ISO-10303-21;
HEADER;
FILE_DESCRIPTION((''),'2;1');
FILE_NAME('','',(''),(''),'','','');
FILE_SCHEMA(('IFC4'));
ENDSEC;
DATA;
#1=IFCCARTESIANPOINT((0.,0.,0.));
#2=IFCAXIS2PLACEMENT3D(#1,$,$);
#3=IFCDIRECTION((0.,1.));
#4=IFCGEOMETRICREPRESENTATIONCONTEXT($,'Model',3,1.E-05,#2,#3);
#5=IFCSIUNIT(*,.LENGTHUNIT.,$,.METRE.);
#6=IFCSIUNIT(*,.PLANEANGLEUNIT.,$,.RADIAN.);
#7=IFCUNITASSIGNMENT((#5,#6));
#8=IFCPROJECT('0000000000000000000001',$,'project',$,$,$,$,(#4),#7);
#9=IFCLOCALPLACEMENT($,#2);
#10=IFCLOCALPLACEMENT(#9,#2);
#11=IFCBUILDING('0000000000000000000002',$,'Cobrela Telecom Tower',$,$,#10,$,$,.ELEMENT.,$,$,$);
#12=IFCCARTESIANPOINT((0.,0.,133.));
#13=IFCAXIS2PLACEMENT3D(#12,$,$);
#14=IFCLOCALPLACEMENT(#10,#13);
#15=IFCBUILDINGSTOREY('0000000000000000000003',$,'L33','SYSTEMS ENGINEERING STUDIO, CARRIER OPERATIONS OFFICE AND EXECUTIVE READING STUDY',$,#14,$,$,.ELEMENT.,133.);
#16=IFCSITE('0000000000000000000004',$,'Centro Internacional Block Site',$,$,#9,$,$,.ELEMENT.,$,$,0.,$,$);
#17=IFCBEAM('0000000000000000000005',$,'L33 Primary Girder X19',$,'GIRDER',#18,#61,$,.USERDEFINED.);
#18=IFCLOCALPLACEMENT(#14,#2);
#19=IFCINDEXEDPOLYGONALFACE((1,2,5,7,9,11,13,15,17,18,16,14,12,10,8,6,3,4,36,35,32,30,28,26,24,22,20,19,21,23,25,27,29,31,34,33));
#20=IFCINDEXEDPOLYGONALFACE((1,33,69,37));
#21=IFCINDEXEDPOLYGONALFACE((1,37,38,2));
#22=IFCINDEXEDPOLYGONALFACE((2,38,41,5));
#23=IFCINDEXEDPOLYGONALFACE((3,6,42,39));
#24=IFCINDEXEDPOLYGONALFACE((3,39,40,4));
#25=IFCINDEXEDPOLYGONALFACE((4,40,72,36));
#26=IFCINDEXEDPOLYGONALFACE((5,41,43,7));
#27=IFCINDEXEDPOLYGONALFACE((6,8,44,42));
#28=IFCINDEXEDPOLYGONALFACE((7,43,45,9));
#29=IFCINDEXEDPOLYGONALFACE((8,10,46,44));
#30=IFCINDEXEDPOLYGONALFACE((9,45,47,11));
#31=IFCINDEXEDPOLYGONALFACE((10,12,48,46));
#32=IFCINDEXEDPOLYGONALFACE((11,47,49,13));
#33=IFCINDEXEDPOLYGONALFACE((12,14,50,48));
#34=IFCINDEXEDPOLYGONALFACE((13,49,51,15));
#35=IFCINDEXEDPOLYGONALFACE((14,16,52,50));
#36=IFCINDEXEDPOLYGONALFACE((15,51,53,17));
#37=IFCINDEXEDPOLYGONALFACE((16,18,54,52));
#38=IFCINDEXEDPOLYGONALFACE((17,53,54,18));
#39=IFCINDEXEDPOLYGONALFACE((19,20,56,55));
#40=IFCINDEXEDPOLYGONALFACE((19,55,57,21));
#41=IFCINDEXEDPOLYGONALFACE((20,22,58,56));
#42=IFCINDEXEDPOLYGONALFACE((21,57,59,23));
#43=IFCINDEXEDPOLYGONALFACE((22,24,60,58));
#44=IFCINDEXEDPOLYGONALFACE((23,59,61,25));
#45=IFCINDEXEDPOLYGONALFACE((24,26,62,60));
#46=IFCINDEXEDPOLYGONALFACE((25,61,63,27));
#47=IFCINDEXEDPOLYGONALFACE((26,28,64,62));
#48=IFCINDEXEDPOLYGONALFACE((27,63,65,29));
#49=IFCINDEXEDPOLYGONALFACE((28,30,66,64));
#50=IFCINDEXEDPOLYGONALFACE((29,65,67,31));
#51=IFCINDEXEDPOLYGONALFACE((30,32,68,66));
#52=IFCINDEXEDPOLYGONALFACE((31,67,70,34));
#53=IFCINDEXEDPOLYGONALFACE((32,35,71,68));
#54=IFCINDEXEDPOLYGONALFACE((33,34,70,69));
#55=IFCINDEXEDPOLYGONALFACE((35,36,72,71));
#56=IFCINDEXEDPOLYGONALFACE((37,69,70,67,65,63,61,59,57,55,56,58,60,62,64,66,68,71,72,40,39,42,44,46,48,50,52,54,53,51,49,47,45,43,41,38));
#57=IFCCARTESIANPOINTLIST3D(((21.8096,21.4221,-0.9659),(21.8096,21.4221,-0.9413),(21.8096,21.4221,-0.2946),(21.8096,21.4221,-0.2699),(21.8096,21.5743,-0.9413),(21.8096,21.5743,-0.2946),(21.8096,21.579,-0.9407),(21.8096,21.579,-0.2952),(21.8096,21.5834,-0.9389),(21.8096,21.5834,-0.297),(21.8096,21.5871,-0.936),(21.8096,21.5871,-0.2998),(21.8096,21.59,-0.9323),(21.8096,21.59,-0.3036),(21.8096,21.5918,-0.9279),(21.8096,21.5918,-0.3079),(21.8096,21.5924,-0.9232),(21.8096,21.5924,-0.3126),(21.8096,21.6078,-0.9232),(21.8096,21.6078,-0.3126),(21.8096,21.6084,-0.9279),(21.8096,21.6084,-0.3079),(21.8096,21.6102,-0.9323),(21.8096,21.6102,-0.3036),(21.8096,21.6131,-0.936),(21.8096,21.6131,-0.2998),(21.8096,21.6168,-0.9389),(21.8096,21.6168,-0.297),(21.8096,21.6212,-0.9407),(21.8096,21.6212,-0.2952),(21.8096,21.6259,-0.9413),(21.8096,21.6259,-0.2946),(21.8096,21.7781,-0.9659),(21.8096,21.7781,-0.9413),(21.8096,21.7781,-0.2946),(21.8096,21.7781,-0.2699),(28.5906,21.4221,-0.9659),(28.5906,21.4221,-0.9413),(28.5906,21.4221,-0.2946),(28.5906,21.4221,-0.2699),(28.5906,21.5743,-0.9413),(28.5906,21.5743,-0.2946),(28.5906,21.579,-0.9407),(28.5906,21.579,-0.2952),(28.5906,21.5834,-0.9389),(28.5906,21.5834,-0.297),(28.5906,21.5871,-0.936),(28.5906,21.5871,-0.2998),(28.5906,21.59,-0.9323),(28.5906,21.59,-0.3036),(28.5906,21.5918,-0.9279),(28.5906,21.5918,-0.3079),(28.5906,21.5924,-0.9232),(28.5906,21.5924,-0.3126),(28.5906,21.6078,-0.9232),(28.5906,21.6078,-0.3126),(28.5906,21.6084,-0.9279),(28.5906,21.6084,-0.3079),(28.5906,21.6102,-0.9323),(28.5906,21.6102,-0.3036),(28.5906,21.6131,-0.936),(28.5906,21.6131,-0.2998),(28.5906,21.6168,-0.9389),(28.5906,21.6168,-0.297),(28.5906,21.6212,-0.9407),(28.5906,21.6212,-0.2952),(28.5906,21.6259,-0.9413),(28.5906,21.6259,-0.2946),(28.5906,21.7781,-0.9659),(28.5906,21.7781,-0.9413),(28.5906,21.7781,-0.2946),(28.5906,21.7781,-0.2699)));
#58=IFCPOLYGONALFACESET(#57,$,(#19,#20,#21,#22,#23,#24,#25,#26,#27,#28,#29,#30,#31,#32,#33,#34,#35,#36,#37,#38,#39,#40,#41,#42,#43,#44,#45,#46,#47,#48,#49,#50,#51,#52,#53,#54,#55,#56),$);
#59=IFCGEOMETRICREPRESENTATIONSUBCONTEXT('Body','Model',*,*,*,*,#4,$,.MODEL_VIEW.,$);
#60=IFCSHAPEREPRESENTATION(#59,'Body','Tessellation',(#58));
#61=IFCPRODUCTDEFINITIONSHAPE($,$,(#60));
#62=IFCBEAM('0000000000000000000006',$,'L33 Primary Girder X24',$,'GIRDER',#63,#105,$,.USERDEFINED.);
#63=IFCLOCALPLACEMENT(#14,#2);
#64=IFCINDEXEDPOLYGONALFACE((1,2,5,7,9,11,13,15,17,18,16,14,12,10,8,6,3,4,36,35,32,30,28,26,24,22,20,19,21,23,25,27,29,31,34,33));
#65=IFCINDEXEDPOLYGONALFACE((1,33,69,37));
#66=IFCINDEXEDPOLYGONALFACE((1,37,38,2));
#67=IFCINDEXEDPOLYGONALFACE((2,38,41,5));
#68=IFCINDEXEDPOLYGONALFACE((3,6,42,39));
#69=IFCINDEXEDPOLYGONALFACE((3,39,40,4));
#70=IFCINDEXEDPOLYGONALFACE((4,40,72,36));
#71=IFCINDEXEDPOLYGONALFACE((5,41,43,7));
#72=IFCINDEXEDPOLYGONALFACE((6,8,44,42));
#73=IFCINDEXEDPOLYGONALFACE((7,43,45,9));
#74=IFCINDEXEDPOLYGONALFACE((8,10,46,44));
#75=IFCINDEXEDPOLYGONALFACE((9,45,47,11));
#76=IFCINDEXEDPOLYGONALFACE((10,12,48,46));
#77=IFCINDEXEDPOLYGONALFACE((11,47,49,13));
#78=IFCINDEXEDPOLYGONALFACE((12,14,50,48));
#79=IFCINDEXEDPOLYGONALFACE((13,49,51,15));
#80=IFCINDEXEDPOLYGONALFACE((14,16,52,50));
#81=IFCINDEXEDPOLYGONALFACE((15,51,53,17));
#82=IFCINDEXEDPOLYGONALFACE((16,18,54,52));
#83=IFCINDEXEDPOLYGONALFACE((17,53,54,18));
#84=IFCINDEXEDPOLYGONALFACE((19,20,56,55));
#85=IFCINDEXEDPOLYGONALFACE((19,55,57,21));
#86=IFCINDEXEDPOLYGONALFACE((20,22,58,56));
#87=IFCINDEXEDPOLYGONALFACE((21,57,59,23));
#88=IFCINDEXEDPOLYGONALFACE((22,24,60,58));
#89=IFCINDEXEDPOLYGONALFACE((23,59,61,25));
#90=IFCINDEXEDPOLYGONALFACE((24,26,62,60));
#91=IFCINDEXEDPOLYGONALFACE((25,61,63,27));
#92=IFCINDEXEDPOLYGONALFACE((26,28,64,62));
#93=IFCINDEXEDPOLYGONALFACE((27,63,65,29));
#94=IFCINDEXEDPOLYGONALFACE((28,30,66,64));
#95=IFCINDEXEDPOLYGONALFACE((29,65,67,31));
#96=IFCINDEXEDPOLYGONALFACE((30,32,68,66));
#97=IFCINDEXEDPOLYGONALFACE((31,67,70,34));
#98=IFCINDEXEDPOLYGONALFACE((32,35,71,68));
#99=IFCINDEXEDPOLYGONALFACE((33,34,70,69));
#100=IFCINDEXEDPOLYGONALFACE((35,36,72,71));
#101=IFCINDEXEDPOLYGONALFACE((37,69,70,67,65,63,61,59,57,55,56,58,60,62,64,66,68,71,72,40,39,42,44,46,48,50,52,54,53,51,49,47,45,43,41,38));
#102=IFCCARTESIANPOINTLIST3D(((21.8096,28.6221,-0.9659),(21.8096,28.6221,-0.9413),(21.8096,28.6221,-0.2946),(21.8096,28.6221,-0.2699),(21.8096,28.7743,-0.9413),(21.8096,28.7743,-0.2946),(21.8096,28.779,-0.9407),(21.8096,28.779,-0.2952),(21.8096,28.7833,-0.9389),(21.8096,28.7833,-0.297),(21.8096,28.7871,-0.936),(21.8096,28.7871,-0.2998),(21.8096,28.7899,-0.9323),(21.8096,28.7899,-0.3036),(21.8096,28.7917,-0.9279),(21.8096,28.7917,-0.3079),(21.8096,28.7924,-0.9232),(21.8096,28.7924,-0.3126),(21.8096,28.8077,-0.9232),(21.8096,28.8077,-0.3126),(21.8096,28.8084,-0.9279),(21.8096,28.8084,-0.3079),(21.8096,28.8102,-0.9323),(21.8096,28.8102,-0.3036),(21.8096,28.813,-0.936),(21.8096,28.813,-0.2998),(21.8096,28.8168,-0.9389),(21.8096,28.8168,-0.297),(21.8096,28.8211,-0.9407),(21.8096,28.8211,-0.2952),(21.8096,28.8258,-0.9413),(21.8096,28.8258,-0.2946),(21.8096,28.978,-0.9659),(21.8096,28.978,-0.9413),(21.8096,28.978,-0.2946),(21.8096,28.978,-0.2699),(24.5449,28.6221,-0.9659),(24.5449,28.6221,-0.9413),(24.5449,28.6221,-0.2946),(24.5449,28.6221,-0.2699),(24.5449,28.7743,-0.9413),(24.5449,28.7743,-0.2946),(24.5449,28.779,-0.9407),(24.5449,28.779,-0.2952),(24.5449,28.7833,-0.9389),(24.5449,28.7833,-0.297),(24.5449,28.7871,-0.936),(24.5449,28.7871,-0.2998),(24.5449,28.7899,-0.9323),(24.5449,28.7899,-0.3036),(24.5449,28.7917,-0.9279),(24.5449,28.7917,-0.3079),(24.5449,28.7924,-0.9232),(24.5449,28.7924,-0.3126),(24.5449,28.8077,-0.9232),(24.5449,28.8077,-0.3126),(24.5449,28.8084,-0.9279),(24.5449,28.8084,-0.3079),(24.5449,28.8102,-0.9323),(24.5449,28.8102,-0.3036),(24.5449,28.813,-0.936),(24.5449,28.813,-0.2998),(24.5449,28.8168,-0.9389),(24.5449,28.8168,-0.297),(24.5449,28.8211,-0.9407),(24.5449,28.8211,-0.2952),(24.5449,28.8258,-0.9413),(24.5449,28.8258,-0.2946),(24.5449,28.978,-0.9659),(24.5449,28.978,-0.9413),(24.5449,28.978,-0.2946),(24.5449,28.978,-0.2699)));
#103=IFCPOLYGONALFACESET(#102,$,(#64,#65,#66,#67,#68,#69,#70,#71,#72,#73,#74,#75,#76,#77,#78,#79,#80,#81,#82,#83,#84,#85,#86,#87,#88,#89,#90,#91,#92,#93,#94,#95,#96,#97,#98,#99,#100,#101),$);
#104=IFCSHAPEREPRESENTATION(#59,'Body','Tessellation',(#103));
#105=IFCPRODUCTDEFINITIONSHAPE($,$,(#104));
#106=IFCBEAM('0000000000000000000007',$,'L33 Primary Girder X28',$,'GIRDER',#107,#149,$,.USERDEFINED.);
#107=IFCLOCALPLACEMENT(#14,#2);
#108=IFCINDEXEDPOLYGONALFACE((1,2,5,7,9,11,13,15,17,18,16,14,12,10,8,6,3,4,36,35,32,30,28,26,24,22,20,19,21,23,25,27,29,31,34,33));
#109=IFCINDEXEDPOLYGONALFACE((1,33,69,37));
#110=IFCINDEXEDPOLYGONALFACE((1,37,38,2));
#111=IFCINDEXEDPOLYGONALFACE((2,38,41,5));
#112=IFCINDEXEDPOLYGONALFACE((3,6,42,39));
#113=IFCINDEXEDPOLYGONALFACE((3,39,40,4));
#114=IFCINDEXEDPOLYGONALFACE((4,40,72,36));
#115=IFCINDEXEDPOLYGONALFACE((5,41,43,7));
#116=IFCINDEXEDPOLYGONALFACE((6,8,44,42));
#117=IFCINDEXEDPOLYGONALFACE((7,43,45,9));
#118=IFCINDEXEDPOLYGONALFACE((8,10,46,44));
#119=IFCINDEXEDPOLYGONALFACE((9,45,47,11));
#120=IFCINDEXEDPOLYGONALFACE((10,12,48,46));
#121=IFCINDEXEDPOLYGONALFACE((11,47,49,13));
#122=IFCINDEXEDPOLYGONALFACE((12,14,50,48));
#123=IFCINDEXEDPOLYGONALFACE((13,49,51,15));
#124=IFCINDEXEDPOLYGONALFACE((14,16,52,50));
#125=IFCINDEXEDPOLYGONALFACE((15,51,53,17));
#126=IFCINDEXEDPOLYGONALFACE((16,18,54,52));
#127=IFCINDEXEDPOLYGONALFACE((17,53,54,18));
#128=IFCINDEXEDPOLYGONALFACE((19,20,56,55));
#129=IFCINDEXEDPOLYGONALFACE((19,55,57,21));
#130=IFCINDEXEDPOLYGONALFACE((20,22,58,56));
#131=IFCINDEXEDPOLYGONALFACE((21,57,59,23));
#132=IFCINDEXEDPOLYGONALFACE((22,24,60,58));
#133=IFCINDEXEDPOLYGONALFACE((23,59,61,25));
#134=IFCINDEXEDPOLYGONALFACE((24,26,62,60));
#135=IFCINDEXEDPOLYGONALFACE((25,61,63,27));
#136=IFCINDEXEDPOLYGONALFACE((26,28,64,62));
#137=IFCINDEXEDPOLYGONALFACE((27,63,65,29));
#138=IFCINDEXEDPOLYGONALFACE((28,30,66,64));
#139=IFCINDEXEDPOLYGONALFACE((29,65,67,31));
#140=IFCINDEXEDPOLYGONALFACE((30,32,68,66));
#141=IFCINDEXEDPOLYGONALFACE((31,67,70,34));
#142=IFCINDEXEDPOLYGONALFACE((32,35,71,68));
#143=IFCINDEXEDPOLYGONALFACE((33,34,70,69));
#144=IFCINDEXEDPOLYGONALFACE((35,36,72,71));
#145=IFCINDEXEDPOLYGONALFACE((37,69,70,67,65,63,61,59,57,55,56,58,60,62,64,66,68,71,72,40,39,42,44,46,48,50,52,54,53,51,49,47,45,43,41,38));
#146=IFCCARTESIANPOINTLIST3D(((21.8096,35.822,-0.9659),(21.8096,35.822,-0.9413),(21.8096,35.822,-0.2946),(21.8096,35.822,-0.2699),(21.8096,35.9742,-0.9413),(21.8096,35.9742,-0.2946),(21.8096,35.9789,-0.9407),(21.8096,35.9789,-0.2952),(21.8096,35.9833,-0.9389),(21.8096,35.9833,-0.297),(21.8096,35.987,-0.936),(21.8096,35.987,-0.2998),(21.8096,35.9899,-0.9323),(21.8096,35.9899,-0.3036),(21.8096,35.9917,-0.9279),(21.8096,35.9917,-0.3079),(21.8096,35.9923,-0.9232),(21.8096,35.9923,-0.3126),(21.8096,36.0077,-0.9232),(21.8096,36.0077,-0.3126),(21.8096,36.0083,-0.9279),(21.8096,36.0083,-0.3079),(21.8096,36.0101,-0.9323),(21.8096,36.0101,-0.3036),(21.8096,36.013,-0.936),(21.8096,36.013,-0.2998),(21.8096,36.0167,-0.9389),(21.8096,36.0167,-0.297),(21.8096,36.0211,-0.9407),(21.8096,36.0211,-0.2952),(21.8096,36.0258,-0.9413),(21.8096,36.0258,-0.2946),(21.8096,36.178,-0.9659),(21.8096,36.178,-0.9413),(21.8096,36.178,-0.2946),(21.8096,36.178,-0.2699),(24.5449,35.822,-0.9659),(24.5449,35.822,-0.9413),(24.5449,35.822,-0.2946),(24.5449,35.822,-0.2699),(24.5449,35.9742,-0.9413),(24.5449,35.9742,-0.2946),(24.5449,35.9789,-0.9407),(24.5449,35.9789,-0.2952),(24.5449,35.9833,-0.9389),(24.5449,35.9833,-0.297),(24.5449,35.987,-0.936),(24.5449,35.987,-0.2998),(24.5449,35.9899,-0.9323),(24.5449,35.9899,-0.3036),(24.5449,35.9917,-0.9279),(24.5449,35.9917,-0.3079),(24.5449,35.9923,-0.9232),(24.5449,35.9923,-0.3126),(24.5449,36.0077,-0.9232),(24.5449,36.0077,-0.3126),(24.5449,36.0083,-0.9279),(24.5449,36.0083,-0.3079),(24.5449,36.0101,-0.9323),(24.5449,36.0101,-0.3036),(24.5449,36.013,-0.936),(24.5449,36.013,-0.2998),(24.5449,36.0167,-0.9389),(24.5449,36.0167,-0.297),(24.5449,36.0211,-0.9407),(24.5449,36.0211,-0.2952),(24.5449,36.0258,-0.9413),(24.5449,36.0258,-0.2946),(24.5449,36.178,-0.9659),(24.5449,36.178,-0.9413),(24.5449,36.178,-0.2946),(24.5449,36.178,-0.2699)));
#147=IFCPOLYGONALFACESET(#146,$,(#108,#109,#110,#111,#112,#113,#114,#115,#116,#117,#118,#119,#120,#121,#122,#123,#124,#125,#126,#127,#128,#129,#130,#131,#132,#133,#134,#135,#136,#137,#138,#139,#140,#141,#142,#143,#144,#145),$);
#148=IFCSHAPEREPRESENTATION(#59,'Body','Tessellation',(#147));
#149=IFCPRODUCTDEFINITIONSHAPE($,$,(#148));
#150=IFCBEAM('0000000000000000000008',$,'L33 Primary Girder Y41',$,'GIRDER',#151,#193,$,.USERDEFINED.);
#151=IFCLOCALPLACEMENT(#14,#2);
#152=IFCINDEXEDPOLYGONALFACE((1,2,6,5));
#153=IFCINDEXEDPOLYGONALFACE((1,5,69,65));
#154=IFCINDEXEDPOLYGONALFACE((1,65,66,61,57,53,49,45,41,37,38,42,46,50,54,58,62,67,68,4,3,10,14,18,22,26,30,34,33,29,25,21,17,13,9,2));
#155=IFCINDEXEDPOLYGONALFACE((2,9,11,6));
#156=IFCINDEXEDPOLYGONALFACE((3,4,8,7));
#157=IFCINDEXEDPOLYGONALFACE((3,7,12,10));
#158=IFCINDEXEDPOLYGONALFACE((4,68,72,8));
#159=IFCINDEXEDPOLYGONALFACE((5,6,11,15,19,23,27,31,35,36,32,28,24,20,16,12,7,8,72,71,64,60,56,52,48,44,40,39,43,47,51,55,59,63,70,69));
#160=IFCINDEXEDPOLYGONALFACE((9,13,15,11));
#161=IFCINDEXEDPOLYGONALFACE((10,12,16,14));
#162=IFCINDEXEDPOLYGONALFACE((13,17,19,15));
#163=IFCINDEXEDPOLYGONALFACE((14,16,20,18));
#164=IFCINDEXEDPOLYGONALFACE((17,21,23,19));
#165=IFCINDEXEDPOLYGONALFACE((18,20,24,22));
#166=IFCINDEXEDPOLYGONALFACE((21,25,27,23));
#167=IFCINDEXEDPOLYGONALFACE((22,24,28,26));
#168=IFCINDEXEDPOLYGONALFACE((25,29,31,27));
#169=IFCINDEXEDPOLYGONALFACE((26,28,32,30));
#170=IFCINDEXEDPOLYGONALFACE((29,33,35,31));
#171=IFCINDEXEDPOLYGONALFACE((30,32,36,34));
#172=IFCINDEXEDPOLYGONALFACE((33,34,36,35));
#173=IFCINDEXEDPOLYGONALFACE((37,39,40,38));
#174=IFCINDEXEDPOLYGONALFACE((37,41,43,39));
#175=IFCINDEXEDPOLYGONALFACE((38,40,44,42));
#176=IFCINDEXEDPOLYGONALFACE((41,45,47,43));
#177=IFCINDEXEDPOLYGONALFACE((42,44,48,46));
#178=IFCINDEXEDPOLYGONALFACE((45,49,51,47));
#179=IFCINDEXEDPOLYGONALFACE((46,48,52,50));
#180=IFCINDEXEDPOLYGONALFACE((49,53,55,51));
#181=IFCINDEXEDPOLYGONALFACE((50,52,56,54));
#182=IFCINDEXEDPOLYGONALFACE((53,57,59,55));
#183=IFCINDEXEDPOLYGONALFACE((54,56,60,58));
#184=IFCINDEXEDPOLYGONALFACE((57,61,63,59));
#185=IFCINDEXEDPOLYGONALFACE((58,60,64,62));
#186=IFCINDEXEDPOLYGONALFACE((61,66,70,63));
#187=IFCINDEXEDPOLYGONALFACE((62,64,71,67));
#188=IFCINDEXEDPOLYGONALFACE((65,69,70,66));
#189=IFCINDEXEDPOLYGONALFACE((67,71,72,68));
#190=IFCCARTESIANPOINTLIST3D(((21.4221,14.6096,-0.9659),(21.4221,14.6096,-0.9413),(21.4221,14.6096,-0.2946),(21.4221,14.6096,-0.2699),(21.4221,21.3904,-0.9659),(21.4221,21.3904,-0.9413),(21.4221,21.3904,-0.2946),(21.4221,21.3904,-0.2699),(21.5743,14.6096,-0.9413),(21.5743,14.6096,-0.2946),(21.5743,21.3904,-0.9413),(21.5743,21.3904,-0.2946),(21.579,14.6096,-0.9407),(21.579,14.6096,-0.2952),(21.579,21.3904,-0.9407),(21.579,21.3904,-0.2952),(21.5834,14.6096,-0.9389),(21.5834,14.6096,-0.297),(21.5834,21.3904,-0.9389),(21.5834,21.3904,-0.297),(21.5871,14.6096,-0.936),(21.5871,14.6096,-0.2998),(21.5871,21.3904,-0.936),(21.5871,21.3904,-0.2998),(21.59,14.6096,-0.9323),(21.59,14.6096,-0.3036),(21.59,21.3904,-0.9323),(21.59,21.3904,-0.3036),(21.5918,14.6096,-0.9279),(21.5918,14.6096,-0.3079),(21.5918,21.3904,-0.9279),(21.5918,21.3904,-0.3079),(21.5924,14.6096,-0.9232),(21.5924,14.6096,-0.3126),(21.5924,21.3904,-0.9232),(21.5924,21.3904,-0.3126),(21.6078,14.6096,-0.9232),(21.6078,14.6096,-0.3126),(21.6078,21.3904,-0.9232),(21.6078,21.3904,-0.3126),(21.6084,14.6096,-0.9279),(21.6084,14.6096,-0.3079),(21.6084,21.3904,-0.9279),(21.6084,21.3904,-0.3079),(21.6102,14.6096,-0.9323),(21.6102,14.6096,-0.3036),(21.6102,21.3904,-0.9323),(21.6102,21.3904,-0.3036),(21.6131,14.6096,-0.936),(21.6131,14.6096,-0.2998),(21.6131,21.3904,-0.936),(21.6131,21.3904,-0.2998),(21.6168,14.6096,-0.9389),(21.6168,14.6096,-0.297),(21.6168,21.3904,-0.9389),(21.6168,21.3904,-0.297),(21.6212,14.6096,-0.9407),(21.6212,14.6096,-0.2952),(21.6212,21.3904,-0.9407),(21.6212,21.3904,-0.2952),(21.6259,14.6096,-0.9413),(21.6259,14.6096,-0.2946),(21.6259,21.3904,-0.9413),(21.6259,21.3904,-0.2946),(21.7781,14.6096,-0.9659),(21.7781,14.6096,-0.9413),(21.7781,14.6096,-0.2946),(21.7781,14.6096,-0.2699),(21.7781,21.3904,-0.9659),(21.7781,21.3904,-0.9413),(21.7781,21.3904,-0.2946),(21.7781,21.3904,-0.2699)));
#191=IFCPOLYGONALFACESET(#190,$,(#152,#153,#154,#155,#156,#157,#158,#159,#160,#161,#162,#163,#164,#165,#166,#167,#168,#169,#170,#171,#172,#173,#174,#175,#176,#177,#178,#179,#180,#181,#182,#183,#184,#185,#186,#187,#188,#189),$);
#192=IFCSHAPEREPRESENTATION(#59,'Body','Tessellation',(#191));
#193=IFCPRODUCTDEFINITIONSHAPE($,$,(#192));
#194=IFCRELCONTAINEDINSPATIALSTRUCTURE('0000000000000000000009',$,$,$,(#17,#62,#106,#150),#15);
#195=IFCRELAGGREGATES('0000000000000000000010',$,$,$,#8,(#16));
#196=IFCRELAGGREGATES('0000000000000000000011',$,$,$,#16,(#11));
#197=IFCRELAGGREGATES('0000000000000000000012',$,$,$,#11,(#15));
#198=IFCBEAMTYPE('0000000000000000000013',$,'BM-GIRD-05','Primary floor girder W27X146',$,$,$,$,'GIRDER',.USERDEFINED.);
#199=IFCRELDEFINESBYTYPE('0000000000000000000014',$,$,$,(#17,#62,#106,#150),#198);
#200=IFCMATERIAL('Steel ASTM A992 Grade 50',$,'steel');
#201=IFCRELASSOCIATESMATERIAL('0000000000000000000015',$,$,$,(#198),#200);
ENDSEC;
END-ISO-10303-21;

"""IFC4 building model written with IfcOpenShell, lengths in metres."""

from ifc_helpers import new_model, si_unit, direction, frame, origin, origin_2d, place, context, subcontext, project, spatial, i_section, extrude, material, material_profile, profile_set, type_object, element, save


model = new_model("IFC4")

# Units and contexts
model_context = context("Model", 3, precision=1e-05, world=origin(), true_north=direction((0.0, 1.0)))
body_context = subcontext(model_context, "Body", "Model", "MODEL_VIEW")
ifc_project = project(units=[si_unit("LENGTHUNIT", "METRE"), si_unit("PLANEANGLEUNIT", "RADIAN")], contexts=[model_context])

# Site, building, storey
site_placement = place(None, origin())
site = spatial("IfcSite", under=ifc_project, at=site_placement, Name="Centro Internacional Block Site", CompositionType="ELEMENT", RefElevation=0.0)
building_placement = place(site_placement, origin())
building = spatial("IfcBuilding", under=site, at=building_placement, Name="Cobrela Telecom Tower", CompositionType="ELEMENT")
storey_placement = place(building_placement, frame((0.0, 0.0, 133.0)))
storey = spatial("IfcBuildingStorey", under=building, at=storey_placement, Name="L33", Description="SYSTEMS ENGINEERING STUDIO, CARRIER OPERATIONS OFFICE AND EXECUTIVE READING STUDY", CompositionType="ELEMENT", Elevation=133.0)

# Shared definitions
ifc_material_1 = material(Name="Steel ASTM A992 Grade 50", Category="steel")

# Beams
ifc_material_profile_1 = material_profile(ifc_material_1, i_section(OverallWidth=0.356, OverallDepth=0.696, WebThickness=0.0154, FlangeThickness=0.0247, FilletRadius=0.0181, at=origin_2d()), Name="W27X146")
ifc_profile_set_1 = profile_set([ifc_material_profile_1], Name="Steel ASTM A992 Grade 50")
beam_type_1 = type_object("IfcBeamType", Name="BM-GIRD-05", Description="Primary floor girder W27X146", ElementType="GIRDER", PredefinedType="USERDEFINED", material=ifc_profile_set_1)
beam_1_placement = place(storey_placement, frame((21.8096, 21.6001, -0.6179), z_axis=(1.0, 0.0, 0.0), x_axis=(0.0, 1.0, 0.0)))
element("IfcBeam", 1, at=beam_1_placement, inside=storey, type_object=beam_type_1, Name="L33 Primary Girder X19", ObjectType="GIRDER", PredefinedType="USERDEFINED", context=body_context, shape_type="SweptSolid", body=[
    extrude(i_section(OverallWidth=0.356, OverallDepth=0.696, WebThickness=0.0154, FlangeThickness=0.0247, FilletRadius=0.0181, at=origin_2d()), origin(), (0.0, 0.0, 1.0), 6.781),
])
for number, where, z_axis, x_axis, name in (
    (2, (21.8096, 28.8, -0.6179), (1.0, 0.0, 0.0), (0.0, 1.0, 0.0), "L33 Primary Girder X24"),
    (3, (21.8096, 36.0, -0.6179), (1.0, 0.0, 0.0), (0.0, 1.0, 0.0), "L33 Primary Girder X28"),
):
    element("IfcBeam", number, at=place(storey_placement, frame(where, z_axis=z_axis, x_axis=x_axis)), inside=storey, type_object=beam_type_1, Name=name, ObjectType="GIRDER", PredefinedType="USERDEFINED", context=body_context, shape_type="SweptSolid", body=[
        extrude(i_section(OverallWidth=0.356, OverallDepth=0.696, WebThickness=0.0154, FlangeThickness=0.0247, FilletRadius=0.0181, at=origin_2d()), origin(), (0.0, 0.0, 1.0), 2.7354),
    ])
beam_2_placement = place(storey_placement, frame((21.6001, 14.6096, -0.6179), z_axis=(0.0, 1.0, 0.0), x_axis=(-1.0, 0.0, 0.0)))
element("IfcBeam", 4, at=beam_2_placement, inside=storey, type_object=beam_type_1, Name="L33 Primary Girder Y41", ObjectType="GIRDER", PredefinedType="USERDEFINED", context=body_context, shape_type="SweptSolid", body=[
    extrude(i_section(OverallWidth=0.356, OverallDepth=0.696, WebThickness=0.0154, FlangeThickness=0.0247, FilletRadius=0.0181, at=origin_2d()), origin(), (0.0, 0.0, 1.0), 6.7808),
])

save(model, "model.ifc")
